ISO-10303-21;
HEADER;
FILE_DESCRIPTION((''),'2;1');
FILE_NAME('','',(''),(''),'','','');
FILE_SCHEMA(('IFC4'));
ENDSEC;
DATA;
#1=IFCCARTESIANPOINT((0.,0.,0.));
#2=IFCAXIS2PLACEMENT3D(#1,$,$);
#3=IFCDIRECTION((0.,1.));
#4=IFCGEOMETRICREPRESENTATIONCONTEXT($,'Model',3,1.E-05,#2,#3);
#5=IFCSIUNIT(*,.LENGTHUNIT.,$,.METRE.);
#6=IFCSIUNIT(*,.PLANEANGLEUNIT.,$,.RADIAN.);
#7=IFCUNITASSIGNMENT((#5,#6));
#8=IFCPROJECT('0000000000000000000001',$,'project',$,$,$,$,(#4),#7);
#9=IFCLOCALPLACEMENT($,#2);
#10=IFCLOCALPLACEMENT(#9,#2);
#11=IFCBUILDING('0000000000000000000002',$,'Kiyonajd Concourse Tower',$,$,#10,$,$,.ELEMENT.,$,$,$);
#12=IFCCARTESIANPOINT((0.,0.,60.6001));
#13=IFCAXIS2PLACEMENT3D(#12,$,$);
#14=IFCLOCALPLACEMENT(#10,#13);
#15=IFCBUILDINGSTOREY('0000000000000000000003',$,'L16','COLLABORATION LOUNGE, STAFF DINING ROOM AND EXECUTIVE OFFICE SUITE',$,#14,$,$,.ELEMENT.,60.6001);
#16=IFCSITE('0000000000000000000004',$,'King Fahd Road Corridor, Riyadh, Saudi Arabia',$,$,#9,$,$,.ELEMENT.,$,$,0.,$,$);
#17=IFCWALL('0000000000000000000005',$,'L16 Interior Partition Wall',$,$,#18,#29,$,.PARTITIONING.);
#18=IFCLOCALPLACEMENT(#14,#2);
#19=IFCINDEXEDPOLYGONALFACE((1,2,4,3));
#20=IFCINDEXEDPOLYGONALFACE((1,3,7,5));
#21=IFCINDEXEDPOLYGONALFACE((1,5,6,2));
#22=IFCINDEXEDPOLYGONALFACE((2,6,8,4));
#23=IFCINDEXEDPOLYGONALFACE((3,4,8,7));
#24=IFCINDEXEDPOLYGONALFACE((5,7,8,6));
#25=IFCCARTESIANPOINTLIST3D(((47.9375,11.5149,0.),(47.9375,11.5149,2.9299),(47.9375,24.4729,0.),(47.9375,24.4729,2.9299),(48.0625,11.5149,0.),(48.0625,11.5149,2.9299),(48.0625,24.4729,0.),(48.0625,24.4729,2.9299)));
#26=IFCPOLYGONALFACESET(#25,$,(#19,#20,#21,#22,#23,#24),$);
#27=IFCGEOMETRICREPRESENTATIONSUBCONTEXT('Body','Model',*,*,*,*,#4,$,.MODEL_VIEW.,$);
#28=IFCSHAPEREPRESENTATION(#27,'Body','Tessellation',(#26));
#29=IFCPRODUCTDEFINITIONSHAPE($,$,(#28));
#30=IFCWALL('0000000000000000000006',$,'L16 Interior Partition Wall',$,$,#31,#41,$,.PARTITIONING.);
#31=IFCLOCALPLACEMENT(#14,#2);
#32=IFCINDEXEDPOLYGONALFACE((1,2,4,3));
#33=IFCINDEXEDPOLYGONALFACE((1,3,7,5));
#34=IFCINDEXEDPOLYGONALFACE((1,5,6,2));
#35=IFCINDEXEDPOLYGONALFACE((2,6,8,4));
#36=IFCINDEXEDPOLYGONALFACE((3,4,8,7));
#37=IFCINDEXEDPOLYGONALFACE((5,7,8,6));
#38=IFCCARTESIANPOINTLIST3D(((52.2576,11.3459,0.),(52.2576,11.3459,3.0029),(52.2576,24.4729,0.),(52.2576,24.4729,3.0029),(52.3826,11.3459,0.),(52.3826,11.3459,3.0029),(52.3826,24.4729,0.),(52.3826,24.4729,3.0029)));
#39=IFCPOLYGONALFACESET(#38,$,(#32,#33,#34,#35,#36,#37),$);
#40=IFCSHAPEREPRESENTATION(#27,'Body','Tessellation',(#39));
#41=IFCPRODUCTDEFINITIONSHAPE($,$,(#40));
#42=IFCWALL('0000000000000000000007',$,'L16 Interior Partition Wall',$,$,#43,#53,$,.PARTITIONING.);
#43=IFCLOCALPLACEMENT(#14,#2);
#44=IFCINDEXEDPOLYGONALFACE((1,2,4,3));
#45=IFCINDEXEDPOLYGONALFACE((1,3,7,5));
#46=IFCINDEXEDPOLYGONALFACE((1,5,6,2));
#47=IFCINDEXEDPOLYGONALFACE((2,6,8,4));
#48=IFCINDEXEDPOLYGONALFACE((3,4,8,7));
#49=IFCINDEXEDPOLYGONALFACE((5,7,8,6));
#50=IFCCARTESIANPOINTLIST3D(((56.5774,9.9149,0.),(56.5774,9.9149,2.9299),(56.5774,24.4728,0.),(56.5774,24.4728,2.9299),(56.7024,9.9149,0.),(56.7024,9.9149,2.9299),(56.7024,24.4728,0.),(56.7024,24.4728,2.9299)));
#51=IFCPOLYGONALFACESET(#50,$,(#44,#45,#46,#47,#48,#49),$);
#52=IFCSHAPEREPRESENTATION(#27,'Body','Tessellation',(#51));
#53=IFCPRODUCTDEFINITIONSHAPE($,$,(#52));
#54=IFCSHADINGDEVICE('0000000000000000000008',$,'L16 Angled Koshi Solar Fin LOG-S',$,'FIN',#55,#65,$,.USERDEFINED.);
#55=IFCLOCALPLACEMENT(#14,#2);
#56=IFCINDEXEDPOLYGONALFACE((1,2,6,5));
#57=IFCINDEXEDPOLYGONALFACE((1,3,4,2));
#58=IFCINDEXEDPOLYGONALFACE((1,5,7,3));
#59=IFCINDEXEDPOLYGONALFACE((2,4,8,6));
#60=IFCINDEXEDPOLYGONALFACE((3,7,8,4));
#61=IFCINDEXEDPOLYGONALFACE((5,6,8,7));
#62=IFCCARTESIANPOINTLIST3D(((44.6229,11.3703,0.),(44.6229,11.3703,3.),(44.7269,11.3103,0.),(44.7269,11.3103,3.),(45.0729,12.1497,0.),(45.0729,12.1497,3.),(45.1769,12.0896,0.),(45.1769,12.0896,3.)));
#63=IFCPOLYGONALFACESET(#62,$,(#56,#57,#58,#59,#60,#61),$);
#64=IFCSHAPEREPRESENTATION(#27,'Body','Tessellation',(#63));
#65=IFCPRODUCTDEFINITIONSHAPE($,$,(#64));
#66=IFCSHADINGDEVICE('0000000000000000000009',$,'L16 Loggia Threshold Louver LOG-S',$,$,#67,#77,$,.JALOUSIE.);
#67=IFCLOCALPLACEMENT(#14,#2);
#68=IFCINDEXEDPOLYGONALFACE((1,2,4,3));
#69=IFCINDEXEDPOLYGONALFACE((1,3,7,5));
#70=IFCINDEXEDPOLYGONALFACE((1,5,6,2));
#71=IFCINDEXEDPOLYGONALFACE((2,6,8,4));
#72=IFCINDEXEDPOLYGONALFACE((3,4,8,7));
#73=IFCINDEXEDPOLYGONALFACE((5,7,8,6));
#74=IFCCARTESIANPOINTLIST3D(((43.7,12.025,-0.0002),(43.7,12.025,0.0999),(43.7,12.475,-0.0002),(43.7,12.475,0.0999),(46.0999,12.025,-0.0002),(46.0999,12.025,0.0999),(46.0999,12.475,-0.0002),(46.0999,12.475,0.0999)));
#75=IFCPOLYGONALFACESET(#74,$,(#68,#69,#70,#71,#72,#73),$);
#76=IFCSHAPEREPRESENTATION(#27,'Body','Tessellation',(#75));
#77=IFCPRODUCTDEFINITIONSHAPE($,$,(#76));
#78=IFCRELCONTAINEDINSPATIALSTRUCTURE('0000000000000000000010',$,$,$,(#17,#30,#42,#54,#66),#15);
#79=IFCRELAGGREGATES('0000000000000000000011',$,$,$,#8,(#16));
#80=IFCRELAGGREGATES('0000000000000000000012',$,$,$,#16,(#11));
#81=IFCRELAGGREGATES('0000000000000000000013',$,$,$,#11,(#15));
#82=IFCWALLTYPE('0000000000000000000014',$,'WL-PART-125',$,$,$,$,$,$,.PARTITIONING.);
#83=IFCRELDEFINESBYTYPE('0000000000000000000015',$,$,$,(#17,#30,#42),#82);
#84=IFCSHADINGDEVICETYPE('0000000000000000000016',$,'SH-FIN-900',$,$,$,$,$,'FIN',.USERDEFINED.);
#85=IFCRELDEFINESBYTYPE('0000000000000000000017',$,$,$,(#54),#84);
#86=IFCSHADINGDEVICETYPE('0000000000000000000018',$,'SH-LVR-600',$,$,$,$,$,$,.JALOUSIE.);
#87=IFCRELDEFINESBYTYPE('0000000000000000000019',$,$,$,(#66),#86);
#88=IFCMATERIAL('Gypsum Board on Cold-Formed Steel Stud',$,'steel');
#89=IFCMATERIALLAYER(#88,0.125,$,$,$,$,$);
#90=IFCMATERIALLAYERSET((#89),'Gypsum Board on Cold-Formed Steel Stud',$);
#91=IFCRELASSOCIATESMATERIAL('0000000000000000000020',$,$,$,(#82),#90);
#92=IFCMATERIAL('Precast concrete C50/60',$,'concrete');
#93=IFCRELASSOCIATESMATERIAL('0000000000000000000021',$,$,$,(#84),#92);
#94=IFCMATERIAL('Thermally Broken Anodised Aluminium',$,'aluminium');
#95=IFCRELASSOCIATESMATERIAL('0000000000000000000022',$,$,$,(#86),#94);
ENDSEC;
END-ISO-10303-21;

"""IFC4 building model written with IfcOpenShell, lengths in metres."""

from ifc_helpers import new_model, si_unit, direction, frame, frame_2d, origin, origin_2d, place, context, subcontext, project, spatial, rectangle, extrude, material, layer, layer_set, type_object, element, save


model = new_model("IFC4")

# Units and contexts
model_context = context("Model", 3, precision=1e-05, world=origin(), true_north=direction((0.0, 1.0)))
body_context = subcontext(model_context, "Body", "Model", "MODEL_VIEW")
ifc_project = project(units=[si_unit("LENGTHUNIT", "METRE"), si_unit("PLANEANGLEUNIT", "RADIAN")], contexts=[model_context])

# Site, building, storey
site_placement = place(None, origin())
site = spatial("IfcSite", under=ifc_project, at=site_placement, Name="King Fahd Road Corridor, Riyadh, Saudi Arabia", CompositionType="ELEMENT", RefElevation=0.0)
building_placement = place(site_placement, origin())
building = spatial("IfcBuilding", under=site, at=building_placement, Name="Kiyonajd Concourse Tower", CompositionType="ELEMENT")
storey_placement = place(building_placement, frame((0.0, 0.0, 60.6001)))
storey = spatial("IfcBuildingStorey", under=building, at=storey_placement, Name="L16", Description="COLLABORATION LOUNGE, STAFF DINING ROOM AND EXECUTIVE OFFICE SUITE", CompositionType="ELEMENT", Elevation=60.6001)

# Shared definitions
ifc_material_1 = material(Name="Precast concrete C50/60", Category="concrete")

# Shared definitions
ifc_material_2 = material(Name="Thermally Broken Anodised Aluminium", Category="aluminium")

# Walls
ifc_material_3 = material(Name="Gypsum Board on Cold-Formed Steel Stud", Category="steel")
ifc_layer_1 = layer(ifc_material_3, 0.125)
ifc_layer_set_1 = layer_set([ifc_layer_1], Name="Gypsum Board on Cold-Formed Steel Stud")
wall_type_1 = type_object("IfcWallType", Name="WL-PART-125", PredefinedType="PARTITIONING", material=ifc_layer_set_1)
wall_1_placement = place(storey_placement, frame((48.0, 11.5149, 0.0), z_axis=(0.0, 0.0, 1.0), x_axis=(0.0, 1.0, 0.0)))
element("IfcWall", 1, at=wall_1_placement, inside=storey, type_object=wall_type_1, Name="L16 Interior Partition Wall", PredefinedType="PARTITIONING", context=body_context, shape_type="SweptSolid", body=[
    extrude(rectangle(XDim=12.958, YDim=0.125, at=frame_2d((6.479, 0.0))), origin(), (0.0, 0.0, 1.0), 2.9299),
])
wall_2_placement = place(storey_placement, frame((52.3201, 11.3459, 0.0), z_axis=(0.0, 0.0, 1.0), x_axis=(0.0, 1.0, 0.0)))
element("IfcWall", 2, at=wall_2_placement, inside=storey, type_object=wall_type_1, Name="L16 Interior Partition Wall", PredefinedType="PARTITIONING", context=body_context, shape_type="SweptSolid", body=[
    extrude(rectangle(XDim=13.127, YDim=0.125, at=frame_2d((6.5635, 0.0))), origin(), (0.0, 0.0, 1.0), 3.0029),
])
wall_3_placement = place(storey_placement, frame((56.6399, 9.915, 0.0), z_axis=(0.0, 0.0, 1.0), x_axis=(0.0, 1.0, 0.0)))
element("IfcWall", 3, at=wall_3_placement, inside=storey, type_object=wall_type_1, Name="L16 Interior Partition Wall", PredefinedType="PARTITIONING", context=body_context, shape_type="SweptSolid", body=[
    extrude(rectangle(XDim=14.5579, YDim=0.125, at=frame_2d((7.2788, 0.0))), origin(), (0.0, 0.0, 1.0), 2.9299),
])

# Shading devices
shading_device_type_1 = type_object("IfcShadingDeviceType", Name="SH-FIN-900", ElementType="FIN", PredefinedType="USERDEFINED", material=ifc_material_1)
shading_device_1_placement = place(storey_placement, frame((44.8999, 11.73, 0.0), z_axis=(0.0, 0.0, 1.0), x_axis=(0.5, 0.866025, 0.0)))
element("IfcShadingDevice", 4, at=shading_device_1_placement, inside=storey, type_object=shading_device_type_1, Name="L16 Angled Koshi Solar Fin LOG-S", ObjectType="FIN", PredefinedType="USERDEFINED", context=body_context, shape_type="SweptSolid", body=[
    extrude(rectangle(XDim=0.8999, YDim=0.1201, at=origin_2d()), origin(), (0.0, 0.0, 1.0), 3.0),
])
shading_device_type_2 = type_object("IfcShadingDeviceType", Name="SH-LVR-600", PredefinedType="JALOUSIE", material=ifc_material_2)
shading_device_2_placement = place(storey_placement, frame((44.8999, 12.25, -0.0002), z_axis=(0.0, 0.0, 1.0), x_axis=(1.0, 0.0, 0.0)))
element("IfcShadingDevice", 5, at=shading_device_2_placement, inside=storey, type_object=shading_device_type_2, Name="L16 Loggia Threshold Louver LOG-S", PredefinedType="JALOUSIE", context=body_context, shape_type="SweptSolid", body=[
    extrude(rectangle(XDim=2.3999, YDim=0.45, at=origin_2d()), origin(), (0.0, 0.0, 1.0), 0.1001),
])

save(model, "model.ifc")
